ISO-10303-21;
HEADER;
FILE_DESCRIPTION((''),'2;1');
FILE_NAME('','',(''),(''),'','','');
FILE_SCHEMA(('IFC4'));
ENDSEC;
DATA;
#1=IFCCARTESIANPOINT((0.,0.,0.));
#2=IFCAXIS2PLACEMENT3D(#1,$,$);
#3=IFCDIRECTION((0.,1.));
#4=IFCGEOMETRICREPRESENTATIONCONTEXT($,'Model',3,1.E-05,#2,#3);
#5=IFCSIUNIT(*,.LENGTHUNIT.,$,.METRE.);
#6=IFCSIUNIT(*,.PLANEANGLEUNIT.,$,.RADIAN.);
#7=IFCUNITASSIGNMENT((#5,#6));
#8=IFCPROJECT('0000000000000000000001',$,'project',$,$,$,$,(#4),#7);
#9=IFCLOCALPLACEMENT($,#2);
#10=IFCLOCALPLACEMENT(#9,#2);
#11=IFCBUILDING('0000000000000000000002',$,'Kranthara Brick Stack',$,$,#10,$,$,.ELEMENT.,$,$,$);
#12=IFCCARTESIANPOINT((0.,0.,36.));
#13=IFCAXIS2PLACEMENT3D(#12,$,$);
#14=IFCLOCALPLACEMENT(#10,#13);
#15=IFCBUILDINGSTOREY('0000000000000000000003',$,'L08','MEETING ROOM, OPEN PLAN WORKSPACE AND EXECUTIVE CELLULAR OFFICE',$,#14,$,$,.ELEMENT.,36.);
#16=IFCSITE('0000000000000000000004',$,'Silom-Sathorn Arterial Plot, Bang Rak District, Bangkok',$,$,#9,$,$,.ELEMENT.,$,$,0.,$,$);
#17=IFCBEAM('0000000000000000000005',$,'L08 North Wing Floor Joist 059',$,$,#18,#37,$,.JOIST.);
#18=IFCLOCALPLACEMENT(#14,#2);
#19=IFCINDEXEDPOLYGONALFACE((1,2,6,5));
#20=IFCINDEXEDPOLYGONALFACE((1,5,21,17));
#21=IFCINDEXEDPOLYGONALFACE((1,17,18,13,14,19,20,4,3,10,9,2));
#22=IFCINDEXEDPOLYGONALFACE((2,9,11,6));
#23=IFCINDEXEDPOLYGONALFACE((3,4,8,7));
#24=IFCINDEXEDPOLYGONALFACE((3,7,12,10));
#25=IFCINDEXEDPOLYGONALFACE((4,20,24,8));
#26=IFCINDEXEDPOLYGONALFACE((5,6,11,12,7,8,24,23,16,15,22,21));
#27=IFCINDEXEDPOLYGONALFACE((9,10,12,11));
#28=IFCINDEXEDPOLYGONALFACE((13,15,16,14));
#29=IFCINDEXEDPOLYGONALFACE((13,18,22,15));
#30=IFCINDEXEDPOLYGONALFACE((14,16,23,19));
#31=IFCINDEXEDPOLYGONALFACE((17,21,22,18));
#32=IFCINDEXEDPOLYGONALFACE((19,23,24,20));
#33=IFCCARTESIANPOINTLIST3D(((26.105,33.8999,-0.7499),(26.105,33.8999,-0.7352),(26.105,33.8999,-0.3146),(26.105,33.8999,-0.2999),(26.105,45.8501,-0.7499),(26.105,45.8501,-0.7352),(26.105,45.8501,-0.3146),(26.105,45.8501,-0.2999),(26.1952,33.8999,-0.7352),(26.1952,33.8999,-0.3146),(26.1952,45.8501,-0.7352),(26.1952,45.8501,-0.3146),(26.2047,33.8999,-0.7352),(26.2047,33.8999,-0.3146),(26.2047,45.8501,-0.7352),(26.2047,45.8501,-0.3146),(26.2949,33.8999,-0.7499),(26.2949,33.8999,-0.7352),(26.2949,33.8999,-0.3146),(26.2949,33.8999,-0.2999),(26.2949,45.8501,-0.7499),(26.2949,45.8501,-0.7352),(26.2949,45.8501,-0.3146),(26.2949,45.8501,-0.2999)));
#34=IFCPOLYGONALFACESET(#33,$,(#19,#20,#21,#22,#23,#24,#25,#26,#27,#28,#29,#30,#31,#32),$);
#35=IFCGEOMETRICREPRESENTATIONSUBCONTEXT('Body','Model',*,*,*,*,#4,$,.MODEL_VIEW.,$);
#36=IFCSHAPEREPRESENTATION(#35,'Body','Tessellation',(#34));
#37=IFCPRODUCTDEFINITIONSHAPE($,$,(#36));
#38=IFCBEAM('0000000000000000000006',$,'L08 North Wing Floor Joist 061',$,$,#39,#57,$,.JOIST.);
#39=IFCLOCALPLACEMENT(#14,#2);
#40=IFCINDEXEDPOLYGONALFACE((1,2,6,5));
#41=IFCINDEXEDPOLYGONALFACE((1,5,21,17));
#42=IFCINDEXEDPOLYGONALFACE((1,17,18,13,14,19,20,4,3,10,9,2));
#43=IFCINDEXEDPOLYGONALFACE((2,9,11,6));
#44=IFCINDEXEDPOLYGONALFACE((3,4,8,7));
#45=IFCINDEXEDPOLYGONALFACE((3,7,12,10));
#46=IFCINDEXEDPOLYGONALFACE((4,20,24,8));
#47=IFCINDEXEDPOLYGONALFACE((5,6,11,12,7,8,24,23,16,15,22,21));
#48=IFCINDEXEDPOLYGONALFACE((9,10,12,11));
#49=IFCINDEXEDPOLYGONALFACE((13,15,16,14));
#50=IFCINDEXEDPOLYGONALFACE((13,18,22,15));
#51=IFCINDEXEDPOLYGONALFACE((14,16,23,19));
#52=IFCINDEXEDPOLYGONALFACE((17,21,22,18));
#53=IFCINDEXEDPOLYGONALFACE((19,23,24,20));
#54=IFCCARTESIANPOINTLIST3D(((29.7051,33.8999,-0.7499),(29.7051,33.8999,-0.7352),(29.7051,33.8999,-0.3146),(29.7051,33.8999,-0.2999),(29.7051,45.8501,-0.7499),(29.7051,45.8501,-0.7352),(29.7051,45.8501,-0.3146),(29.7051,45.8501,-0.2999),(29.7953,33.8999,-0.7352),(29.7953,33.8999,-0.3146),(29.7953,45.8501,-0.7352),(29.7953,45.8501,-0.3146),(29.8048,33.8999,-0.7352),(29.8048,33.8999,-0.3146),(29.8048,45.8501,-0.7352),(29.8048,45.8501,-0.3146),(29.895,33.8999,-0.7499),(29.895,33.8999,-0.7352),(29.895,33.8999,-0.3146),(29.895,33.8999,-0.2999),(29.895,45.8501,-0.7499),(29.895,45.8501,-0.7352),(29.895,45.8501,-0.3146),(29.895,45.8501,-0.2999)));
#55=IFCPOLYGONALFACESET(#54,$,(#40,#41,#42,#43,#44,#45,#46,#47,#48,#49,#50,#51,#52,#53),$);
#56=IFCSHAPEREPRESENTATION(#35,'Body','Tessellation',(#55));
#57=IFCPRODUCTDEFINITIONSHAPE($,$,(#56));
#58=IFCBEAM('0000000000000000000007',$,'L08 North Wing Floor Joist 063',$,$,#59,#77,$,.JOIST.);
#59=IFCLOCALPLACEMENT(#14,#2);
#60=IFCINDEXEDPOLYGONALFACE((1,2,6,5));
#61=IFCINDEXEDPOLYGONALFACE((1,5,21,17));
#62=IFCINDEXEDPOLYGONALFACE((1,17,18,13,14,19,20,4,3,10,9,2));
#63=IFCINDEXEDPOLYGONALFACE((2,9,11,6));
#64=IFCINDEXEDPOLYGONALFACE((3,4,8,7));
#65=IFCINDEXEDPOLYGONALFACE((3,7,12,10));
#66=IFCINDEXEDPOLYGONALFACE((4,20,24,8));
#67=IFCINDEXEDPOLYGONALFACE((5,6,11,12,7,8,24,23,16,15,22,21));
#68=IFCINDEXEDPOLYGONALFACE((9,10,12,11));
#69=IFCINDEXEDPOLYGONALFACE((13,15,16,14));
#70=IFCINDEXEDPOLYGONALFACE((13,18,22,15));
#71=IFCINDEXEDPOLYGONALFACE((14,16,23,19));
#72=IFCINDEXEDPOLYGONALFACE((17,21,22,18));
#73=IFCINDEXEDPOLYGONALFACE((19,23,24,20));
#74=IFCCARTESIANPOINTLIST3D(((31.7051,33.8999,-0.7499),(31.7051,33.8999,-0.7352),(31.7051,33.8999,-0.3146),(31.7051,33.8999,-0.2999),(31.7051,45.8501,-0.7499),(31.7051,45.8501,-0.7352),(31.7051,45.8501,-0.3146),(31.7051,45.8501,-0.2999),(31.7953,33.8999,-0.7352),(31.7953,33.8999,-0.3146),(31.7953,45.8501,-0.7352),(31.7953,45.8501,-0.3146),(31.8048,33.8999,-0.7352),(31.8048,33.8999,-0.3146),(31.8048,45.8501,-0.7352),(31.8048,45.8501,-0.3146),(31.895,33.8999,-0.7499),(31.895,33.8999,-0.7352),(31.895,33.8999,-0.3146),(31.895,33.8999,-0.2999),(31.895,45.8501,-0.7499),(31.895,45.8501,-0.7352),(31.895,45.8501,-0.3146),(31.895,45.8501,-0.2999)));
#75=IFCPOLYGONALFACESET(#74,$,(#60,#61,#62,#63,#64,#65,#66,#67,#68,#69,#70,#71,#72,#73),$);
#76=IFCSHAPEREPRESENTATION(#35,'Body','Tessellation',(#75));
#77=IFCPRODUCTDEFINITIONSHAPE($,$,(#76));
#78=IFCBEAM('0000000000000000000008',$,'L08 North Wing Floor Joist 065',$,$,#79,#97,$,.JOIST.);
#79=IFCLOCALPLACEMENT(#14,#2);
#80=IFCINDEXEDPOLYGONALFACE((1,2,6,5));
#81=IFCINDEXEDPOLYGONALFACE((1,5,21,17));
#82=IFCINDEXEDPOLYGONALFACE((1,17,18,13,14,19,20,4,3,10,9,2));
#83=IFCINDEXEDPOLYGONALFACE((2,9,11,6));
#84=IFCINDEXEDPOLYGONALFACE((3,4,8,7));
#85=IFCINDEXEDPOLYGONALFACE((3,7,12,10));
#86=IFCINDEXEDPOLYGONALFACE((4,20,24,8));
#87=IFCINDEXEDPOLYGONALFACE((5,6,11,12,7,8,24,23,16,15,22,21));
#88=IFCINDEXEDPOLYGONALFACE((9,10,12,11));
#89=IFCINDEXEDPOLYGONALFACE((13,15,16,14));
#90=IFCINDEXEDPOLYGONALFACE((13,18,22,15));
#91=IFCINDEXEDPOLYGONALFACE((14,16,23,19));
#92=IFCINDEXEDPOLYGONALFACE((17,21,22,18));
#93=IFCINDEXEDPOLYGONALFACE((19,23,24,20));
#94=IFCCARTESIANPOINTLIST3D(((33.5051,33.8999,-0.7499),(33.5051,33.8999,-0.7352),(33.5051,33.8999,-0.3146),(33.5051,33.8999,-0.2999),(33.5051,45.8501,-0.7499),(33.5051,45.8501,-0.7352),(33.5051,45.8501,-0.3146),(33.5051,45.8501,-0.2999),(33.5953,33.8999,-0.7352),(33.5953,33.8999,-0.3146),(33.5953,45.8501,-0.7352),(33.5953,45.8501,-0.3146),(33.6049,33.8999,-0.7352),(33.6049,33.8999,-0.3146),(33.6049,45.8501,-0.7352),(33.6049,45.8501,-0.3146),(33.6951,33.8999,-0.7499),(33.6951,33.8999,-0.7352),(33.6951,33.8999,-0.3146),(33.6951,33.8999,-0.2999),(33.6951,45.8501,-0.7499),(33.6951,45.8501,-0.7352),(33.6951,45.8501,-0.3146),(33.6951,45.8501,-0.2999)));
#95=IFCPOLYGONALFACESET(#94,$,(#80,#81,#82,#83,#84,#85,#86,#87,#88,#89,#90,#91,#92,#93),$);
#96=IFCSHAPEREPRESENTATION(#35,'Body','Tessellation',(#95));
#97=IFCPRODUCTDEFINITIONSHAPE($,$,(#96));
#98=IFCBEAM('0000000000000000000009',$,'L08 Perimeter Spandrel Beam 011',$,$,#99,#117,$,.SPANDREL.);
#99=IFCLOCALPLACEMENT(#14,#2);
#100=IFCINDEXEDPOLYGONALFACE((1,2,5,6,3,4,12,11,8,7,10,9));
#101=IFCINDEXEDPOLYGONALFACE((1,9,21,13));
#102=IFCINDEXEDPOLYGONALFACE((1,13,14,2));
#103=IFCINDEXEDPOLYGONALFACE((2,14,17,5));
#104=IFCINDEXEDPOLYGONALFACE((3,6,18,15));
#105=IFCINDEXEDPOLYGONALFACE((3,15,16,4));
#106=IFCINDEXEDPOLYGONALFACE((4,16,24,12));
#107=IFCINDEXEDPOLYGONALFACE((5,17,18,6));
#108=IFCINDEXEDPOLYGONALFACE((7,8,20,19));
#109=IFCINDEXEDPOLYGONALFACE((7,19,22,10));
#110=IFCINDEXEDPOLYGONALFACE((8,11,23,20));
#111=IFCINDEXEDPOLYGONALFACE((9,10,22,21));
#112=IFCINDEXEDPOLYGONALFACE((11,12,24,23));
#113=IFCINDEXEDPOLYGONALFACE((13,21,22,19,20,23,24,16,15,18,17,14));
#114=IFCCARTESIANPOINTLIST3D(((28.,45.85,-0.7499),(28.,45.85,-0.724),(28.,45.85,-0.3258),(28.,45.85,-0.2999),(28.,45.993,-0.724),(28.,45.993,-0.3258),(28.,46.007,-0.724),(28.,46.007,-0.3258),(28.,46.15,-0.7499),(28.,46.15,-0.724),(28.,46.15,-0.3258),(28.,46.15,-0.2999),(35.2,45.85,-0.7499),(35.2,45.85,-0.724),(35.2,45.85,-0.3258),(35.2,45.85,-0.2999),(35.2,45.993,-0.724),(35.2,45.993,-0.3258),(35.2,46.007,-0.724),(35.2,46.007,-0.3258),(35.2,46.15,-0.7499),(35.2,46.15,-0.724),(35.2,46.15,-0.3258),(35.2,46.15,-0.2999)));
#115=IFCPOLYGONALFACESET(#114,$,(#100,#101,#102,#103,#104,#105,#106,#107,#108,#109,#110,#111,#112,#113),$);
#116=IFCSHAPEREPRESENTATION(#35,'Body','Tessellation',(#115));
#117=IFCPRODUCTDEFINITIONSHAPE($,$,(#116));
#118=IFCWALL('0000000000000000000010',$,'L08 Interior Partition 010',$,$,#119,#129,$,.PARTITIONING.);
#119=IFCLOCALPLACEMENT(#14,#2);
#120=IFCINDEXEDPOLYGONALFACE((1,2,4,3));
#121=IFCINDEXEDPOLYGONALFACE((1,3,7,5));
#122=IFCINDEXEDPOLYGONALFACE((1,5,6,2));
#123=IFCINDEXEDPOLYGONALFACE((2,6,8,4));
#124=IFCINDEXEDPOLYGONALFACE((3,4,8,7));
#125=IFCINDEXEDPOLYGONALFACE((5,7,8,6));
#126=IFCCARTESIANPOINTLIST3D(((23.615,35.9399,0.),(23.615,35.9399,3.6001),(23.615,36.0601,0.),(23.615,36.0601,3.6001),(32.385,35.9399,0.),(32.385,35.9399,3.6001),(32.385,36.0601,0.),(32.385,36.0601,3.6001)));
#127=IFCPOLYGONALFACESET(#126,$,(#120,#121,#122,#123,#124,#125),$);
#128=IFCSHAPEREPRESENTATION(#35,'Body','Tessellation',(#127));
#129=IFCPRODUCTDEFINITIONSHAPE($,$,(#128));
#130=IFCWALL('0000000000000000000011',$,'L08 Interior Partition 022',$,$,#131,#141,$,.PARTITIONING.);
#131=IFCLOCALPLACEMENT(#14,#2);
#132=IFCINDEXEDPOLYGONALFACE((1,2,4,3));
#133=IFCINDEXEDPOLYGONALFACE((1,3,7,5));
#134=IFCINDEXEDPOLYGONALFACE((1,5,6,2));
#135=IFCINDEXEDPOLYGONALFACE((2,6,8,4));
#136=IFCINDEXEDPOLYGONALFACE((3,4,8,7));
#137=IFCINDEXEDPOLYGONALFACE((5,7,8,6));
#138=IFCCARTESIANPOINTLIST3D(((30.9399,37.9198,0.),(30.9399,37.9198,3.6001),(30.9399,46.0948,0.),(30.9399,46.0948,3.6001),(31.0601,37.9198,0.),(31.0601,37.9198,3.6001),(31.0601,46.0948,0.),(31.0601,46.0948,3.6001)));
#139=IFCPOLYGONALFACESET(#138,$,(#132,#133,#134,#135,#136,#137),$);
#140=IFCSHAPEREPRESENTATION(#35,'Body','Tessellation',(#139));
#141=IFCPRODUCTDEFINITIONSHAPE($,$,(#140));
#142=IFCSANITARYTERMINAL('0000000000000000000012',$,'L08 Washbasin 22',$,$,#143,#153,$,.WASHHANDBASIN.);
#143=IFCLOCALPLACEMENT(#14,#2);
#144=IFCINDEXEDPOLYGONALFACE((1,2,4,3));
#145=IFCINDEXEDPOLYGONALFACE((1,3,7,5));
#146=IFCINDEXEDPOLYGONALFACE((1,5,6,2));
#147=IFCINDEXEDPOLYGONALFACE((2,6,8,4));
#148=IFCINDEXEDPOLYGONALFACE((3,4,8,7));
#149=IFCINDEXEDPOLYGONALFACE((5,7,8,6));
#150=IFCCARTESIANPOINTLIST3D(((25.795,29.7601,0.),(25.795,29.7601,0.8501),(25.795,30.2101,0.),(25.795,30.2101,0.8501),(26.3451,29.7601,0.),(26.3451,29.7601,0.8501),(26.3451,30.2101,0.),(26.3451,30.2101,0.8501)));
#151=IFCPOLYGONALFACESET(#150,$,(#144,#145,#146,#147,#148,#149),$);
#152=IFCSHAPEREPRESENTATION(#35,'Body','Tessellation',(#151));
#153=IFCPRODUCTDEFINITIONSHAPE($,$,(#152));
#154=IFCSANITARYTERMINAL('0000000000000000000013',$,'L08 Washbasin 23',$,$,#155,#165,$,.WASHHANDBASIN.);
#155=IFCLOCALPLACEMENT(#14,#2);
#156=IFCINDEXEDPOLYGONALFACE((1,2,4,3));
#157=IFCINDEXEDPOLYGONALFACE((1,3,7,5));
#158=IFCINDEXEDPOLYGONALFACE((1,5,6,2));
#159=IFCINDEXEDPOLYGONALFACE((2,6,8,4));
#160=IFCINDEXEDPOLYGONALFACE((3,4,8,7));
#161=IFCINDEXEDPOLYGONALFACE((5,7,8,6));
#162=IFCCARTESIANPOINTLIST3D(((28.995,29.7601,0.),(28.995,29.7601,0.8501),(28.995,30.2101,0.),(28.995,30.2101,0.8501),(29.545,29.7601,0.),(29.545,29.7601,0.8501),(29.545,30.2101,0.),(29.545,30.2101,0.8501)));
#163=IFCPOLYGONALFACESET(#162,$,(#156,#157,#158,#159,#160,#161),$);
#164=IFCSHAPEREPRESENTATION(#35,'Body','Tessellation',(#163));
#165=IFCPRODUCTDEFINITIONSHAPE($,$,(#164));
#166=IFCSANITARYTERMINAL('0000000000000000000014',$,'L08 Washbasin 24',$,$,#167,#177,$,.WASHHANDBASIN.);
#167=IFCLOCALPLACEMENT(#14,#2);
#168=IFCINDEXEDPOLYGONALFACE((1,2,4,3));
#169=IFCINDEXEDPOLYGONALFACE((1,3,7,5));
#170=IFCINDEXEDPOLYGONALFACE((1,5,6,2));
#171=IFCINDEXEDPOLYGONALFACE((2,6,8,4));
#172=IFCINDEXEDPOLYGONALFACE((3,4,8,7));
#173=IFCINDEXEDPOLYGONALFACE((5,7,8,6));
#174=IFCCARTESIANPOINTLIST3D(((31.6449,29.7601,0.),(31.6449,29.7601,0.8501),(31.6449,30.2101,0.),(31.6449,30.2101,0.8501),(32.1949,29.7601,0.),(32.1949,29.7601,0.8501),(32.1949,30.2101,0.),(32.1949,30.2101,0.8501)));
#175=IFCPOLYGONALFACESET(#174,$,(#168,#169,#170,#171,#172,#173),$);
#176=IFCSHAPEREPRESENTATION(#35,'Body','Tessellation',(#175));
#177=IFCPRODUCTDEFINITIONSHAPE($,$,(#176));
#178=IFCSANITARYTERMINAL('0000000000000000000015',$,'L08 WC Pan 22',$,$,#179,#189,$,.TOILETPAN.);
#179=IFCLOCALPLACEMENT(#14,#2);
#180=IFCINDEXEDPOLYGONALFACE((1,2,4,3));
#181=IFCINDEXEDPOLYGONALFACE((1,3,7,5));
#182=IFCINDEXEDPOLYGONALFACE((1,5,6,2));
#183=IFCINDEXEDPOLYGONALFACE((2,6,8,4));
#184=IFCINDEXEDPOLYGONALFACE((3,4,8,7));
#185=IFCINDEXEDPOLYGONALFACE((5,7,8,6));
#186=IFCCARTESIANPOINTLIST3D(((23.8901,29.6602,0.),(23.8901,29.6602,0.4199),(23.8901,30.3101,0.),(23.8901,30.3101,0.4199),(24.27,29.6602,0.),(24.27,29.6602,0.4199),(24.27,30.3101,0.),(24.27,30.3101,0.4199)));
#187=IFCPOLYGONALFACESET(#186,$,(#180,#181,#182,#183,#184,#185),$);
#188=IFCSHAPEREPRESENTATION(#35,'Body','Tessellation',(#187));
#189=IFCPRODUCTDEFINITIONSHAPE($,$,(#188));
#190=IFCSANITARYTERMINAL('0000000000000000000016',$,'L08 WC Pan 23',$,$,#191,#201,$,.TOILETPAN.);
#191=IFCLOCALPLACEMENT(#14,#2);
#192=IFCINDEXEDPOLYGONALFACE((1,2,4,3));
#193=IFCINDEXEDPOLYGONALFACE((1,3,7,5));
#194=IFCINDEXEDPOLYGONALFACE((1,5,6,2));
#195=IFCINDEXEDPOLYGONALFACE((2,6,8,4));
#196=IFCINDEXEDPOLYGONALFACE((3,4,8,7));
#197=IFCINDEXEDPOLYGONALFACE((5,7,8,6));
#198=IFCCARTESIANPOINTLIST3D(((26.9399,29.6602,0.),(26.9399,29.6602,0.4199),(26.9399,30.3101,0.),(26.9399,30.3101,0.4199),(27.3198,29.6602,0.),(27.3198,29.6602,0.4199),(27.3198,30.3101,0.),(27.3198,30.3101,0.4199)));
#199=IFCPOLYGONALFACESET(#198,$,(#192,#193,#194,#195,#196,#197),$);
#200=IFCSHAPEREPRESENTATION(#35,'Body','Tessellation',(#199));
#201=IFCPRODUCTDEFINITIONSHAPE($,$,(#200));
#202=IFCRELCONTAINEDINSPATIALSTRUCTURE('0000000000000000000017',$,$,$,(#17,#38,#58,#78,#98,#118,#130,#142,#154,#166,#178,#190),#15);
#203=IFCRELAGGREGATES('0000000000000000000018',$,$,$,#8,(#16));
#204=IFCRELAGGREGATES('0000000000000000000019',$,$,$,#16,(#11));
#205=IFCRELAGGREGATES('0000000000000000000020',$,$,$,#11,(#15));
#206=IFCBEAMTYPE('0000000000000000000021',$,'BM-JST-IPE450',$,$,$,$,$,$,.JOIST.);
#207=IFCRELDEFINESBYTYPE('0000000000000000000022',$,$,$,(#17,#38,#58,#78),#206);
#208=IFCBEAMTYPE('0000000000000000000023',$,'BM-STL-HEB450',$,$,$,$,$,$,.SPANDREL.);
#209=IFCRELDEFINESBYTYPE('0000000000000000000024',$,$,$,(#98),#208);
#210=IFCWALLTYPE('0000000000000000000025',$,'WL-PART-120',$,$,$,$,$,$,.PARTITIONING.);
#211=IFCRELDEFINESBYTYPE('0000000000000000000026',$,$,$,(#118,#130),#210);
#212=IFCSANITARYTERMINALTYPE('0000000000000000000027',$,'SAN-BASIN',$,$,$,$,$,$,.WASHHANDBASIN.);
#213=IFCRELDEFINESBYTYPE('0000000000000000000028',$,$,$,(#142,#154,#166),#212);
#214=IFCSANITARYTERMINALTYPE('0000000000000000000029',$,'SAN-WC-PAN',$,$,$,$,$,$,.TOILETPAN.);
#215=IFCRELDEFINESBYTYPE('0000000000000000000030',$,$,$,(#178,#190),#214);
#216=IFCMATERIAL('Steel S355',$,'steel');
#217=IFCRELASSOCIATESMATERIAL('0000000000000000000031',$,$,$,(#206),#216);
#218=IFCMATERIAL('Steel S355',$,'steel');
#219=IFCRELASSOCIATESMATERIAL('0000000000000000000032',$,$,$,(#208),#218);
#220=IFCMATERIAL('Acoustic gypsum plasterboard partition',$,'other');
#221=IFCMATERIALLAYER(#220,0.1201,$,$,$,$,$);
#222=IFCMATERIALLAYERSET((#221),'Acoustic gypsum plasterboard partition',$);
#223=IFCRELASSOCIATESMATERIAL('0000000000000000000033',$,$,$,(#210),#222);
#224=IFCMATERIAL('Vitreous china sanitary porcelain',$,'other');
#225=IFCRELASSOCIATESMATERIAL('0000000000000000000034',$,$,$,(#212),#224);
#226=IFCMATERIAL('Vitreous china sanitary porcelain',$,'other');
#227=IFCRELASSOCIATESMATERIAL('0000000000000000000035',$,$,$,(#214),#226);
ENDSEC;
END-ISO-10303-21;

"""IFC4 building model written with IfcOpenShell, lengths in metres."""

from ifc_helpers import new_model, si_unit, direction, frame, frame_2d, origin, origin_2d, place, context, subcontext, project, spatial, rectangle, i_section, extrude, material, layer, layer_set, material_profile, profile_set, type_object, element, save


model = new_model("IFC4")

# Units and contexts
model_context = context("Model", 3, precision=1e-05, world=origin(), true_north=direction((0.0, 1.0)))
body_context = subcontext(model_context, "Body", "Model", "MODEL_VIEW")
ifc_project = project(units=[si_unit("LENGTHUNIT", "METRE"), si_unit("PLANEANGLEUNIT", "RADIAN")], contexts=[model_context])

# Site, building, storey
site_placement = place(None, origin())
site = spatial("IfcSite", under=ifc_project, at=site_placement, Name="Silom-Sathorn Arterial Plot, Bang Rak District, Bangkok", CompositionType="ELEMENT", RefElevation=0.0)
building_placement = place(site_placement, origin())
building = spatial("IfcBuilding", under=site, at=building_placement, Name="Kranthara Brick Stack", CompositionType="ELEMENT")
storey_placement = place(building_placement, frame((0.0, 0.0, 36.0)))
storey = spatial("IfcBuildingStorey", under=building, at=storey_placement, Name="L08", Description="MEETING ROOM, OPEN PLAN WORKSPACE AND EXECUTIVE CELLULAR OFFICE", CompositionType="ELEMENT", Elevation=36.0)

# Beams
ifc_material_1 = material(Name="Steel S355", Category="steel")
ifc_material_profile_1 = material_profile(ifc_material_1, i_section(OverallWidth=0.1899, OverallDepth=0.45, WebThickness=0.0095, FlangeThickness=0.0146, at=origin_2d()), Name="IPE 450")
ifc_profile_set_1 = profile_set([ifc_material_profile_1], Name="Steel S355")
beam_type_1 = type_object("IfcBeamType", Name="BM-JST-IPE450", PredefinedType="JOIST", material=ifc_profile_set_1)
for number, where, z_axis, x_axis, name in (
    (1, (26.2, 33.8999, -0.5249), (0.0, 1.0, 0.0), (-1.0, 0.0, 0.0), "L08 North Wing Floor Joist 059"),
    (2, (29.8, 33.8999, -0.5249), (0.0, 1.0, 0.0), (-1.0, 0.0, 0.0), "L08 North Wing Floor Joist 061"),
    (3, (31.8, 33.8999, -0.5249), (0.0, 1.0, 0.0), (-1.0, 0.0, 0.0), "L08 North Wing Floor Joist 063"),
    (4, (33.6001, 33.8999, -0.5249), (0.0, 1.0, 0.0), (-1.0, 0.0, 0.0), "L08 North Wing Floor Joist 065"),
):
    element("IfcBeam", number, at=place(storey_placement, frame(where, z_axis=z_axis, x_axis=x_axis)), inside=storey, type_object=beam_type_1, Name=name, PredefinedType="JOIST", context=body_context, shape_type="SweptSolid", body=[
        extrude(i_section(OverallWidth=0.1899, OverallDepth=0.45, WebThickness=0.0095, FlangeThickness=0.0146, at=origin_2d()), origin(), (0.0, 0.0, 1.0), 11.9502),
    ])
ifc_material_2 = material(Name="Steel S355", Category="steel")
ifc_material_profile_2 = material_profile(ifc_material_2, i_section(OverallWidth=0.3, OverallDepth=0.45, WebThickness=0.0139, FlangeThickness=0.0259, at=origin_2d()), Name="HEB 450")
ifc_profile_set_2 = profile_set([ifc_material_profile_2], Name="Steel S355")
beam_type_2 = type_object("IfcBeamType", Name="BM-STL-HEB450", PredefinedType="SPANDREL", material=ifc_profile_set_2)
beam_1_placement = place(storey_placement, frame((28.0, 46.0, -0.5249), z_axis=(1.0, 0.0, 0.0), x_axis=(0.0, 1.0, 0.0)))
element("IfcBeam", 5, at=beam_1_placement, inside=storey, type_object=beam_type_2, Name="L08 Perimeter Spandrel Beam 011", PredefinedType="SPANDREL", context=body_context, shape_type="SweptSolid", body=[
    extrude(i_section(OverallWidth=0.3, OverallDepth=0.45, WebThickness=0.0139, FlangeThickness=0.0259, at=origin_2d()), origin(), (0.0, 0.0, 1.0), 7.2),
])

# Walls
ifc_material_3 = material(Name="Acoustic gypsum plasterboard partition", Category="other")
ifc_layer = layer(ifc_material_3, 0.1201)
ifc_layer_set = layer_set([ifc_layer], Name="Acoustic gypsum plasterboard partition")
wall_type = type_object("IfcWallType", Name="WL-PART-120", PredefinedType="PARTITIONING", material=ifc_layer_set)
wall_1_placement = place(storey_placement, frame((23.615, 36.0, 0.0), z_axis=(0.0, 0.0, 1.0), x_axis=(1.0, 0.0, 0.0)))
element("IfcWall", 6, at=wall_1_placement, inside=storey, type_object=wall_type, Name="L08 Interior Partition 010", PredefinedType="PARTITIONING", context=body_context, shape_type="SweptSolid", body=[
    extrude(rectangle(XDim=8.77, YDim=0.1201, at=frame_2d((4.385, 0.0))), origin(), (0.0, 0.0, 1.0), 3.6001),
])
wall_2_placement = place(storey_placement, frame((31.0, 37.9199, 0.0), z_axis=(0.0, 0.0, 1.0), x_axis=(0.0, 1.0, 0.0)))
element("IfcWall", 7, at=wall_2_placement, inside=storey, type_object=wall_type, Name="L08 Interior Partition 022", PredefinedType="PARTITIONING", context=body_context, shape_type="SweptSolid", body=[
    extrude(rectangle(XDim=8.175, YDim=0.1201, at=frame_2d((4.0874, 0.0))), origin(), (0.0, 0.0, 1.0), 3.6001),
])

# Sanitary terminals
ifc_material_4 = material(Name="Vitreous china sanitary porcelain", Category="other")
sanitary_terminal_type_1 = type_object("IfcSanitaryTerminalType", Name="SAN-BASIN", PredefinedType="WASHHANDBASIN", material=ifc_material_4)
for number, where, z_axis, x_axis, name in (
    (8, (26.0701, 29.9851, 0.0), (0.0, 0.0, 1.0), (1.0, 0.0, 0.0), "L08 Washbasin 22"),
    (9, (29.27, 29.9851, 0.0), (0.0, 0.0, 1.0), (1.0, 0.0, 0.0), "L08 Washbasin 23"),
    (10, (31.9199, 29.9851, 0.0), (0.0, 0.0, 1.0), (1.0, 0.0, 0.0), "L08 Washbasin 24"),
):
    element("IfcSanitaryTerminal", number, at=place(storey_placement, frame(where, z_axis=z_axis, x_axis=x_axis)), inside=storey, type_object=sanitary_terminal_type_1, Name=name, PredefinedType="WASHHANDBASIN", context=body_context, shape_type="SweptSolid", body=[
        extrude(rectangle(XDim=0.55, YDim=0.45, at=origin_2d()), origin(), (0.0, 0.0, 1.0), 0.8501),
    ])
ifc_material_5 = material(Name="Vitreous china sanitary porcelain", Category="other")
sanitary_terminal_type_2 = type_object("IfcSanitaryTerminalType", Name="SAN-WC-PAN", PredefinedType="TOILETPAN", material=ifc_material_5)
for number, where, z_axis, x_axis, name in (
    (11, (24.0801, 29.9851, 0.0), (0.0, 0.0, 1.0), (1.0, 0.0, 0.0), "L08 WC Pan 22"),
    (12, (27.1299, 29.9851, 0.0), (0.0, 0.0, 1.0), (1.0, 0.0, 0.0), "L08 WC Pan 23"),
):
    element("IfcSanitaryTerminal", number, at=place(storey_placement, frame(where, z_axis=z_axis, x_axis=x_axis)), inside=storey, type_object=sanitary_terminal_type_2, Name=name, PredefinedType="TOILETPAN", context=body_context, shape_type="SweptSolid", body=[
        extrude(rectangle(XDim=0.3799, YDim=0.6499, at=origin_2d()), origin(), (0.0, 0.0, 1.0), 0.4199),
    ])

save(model, "model.ifc")
